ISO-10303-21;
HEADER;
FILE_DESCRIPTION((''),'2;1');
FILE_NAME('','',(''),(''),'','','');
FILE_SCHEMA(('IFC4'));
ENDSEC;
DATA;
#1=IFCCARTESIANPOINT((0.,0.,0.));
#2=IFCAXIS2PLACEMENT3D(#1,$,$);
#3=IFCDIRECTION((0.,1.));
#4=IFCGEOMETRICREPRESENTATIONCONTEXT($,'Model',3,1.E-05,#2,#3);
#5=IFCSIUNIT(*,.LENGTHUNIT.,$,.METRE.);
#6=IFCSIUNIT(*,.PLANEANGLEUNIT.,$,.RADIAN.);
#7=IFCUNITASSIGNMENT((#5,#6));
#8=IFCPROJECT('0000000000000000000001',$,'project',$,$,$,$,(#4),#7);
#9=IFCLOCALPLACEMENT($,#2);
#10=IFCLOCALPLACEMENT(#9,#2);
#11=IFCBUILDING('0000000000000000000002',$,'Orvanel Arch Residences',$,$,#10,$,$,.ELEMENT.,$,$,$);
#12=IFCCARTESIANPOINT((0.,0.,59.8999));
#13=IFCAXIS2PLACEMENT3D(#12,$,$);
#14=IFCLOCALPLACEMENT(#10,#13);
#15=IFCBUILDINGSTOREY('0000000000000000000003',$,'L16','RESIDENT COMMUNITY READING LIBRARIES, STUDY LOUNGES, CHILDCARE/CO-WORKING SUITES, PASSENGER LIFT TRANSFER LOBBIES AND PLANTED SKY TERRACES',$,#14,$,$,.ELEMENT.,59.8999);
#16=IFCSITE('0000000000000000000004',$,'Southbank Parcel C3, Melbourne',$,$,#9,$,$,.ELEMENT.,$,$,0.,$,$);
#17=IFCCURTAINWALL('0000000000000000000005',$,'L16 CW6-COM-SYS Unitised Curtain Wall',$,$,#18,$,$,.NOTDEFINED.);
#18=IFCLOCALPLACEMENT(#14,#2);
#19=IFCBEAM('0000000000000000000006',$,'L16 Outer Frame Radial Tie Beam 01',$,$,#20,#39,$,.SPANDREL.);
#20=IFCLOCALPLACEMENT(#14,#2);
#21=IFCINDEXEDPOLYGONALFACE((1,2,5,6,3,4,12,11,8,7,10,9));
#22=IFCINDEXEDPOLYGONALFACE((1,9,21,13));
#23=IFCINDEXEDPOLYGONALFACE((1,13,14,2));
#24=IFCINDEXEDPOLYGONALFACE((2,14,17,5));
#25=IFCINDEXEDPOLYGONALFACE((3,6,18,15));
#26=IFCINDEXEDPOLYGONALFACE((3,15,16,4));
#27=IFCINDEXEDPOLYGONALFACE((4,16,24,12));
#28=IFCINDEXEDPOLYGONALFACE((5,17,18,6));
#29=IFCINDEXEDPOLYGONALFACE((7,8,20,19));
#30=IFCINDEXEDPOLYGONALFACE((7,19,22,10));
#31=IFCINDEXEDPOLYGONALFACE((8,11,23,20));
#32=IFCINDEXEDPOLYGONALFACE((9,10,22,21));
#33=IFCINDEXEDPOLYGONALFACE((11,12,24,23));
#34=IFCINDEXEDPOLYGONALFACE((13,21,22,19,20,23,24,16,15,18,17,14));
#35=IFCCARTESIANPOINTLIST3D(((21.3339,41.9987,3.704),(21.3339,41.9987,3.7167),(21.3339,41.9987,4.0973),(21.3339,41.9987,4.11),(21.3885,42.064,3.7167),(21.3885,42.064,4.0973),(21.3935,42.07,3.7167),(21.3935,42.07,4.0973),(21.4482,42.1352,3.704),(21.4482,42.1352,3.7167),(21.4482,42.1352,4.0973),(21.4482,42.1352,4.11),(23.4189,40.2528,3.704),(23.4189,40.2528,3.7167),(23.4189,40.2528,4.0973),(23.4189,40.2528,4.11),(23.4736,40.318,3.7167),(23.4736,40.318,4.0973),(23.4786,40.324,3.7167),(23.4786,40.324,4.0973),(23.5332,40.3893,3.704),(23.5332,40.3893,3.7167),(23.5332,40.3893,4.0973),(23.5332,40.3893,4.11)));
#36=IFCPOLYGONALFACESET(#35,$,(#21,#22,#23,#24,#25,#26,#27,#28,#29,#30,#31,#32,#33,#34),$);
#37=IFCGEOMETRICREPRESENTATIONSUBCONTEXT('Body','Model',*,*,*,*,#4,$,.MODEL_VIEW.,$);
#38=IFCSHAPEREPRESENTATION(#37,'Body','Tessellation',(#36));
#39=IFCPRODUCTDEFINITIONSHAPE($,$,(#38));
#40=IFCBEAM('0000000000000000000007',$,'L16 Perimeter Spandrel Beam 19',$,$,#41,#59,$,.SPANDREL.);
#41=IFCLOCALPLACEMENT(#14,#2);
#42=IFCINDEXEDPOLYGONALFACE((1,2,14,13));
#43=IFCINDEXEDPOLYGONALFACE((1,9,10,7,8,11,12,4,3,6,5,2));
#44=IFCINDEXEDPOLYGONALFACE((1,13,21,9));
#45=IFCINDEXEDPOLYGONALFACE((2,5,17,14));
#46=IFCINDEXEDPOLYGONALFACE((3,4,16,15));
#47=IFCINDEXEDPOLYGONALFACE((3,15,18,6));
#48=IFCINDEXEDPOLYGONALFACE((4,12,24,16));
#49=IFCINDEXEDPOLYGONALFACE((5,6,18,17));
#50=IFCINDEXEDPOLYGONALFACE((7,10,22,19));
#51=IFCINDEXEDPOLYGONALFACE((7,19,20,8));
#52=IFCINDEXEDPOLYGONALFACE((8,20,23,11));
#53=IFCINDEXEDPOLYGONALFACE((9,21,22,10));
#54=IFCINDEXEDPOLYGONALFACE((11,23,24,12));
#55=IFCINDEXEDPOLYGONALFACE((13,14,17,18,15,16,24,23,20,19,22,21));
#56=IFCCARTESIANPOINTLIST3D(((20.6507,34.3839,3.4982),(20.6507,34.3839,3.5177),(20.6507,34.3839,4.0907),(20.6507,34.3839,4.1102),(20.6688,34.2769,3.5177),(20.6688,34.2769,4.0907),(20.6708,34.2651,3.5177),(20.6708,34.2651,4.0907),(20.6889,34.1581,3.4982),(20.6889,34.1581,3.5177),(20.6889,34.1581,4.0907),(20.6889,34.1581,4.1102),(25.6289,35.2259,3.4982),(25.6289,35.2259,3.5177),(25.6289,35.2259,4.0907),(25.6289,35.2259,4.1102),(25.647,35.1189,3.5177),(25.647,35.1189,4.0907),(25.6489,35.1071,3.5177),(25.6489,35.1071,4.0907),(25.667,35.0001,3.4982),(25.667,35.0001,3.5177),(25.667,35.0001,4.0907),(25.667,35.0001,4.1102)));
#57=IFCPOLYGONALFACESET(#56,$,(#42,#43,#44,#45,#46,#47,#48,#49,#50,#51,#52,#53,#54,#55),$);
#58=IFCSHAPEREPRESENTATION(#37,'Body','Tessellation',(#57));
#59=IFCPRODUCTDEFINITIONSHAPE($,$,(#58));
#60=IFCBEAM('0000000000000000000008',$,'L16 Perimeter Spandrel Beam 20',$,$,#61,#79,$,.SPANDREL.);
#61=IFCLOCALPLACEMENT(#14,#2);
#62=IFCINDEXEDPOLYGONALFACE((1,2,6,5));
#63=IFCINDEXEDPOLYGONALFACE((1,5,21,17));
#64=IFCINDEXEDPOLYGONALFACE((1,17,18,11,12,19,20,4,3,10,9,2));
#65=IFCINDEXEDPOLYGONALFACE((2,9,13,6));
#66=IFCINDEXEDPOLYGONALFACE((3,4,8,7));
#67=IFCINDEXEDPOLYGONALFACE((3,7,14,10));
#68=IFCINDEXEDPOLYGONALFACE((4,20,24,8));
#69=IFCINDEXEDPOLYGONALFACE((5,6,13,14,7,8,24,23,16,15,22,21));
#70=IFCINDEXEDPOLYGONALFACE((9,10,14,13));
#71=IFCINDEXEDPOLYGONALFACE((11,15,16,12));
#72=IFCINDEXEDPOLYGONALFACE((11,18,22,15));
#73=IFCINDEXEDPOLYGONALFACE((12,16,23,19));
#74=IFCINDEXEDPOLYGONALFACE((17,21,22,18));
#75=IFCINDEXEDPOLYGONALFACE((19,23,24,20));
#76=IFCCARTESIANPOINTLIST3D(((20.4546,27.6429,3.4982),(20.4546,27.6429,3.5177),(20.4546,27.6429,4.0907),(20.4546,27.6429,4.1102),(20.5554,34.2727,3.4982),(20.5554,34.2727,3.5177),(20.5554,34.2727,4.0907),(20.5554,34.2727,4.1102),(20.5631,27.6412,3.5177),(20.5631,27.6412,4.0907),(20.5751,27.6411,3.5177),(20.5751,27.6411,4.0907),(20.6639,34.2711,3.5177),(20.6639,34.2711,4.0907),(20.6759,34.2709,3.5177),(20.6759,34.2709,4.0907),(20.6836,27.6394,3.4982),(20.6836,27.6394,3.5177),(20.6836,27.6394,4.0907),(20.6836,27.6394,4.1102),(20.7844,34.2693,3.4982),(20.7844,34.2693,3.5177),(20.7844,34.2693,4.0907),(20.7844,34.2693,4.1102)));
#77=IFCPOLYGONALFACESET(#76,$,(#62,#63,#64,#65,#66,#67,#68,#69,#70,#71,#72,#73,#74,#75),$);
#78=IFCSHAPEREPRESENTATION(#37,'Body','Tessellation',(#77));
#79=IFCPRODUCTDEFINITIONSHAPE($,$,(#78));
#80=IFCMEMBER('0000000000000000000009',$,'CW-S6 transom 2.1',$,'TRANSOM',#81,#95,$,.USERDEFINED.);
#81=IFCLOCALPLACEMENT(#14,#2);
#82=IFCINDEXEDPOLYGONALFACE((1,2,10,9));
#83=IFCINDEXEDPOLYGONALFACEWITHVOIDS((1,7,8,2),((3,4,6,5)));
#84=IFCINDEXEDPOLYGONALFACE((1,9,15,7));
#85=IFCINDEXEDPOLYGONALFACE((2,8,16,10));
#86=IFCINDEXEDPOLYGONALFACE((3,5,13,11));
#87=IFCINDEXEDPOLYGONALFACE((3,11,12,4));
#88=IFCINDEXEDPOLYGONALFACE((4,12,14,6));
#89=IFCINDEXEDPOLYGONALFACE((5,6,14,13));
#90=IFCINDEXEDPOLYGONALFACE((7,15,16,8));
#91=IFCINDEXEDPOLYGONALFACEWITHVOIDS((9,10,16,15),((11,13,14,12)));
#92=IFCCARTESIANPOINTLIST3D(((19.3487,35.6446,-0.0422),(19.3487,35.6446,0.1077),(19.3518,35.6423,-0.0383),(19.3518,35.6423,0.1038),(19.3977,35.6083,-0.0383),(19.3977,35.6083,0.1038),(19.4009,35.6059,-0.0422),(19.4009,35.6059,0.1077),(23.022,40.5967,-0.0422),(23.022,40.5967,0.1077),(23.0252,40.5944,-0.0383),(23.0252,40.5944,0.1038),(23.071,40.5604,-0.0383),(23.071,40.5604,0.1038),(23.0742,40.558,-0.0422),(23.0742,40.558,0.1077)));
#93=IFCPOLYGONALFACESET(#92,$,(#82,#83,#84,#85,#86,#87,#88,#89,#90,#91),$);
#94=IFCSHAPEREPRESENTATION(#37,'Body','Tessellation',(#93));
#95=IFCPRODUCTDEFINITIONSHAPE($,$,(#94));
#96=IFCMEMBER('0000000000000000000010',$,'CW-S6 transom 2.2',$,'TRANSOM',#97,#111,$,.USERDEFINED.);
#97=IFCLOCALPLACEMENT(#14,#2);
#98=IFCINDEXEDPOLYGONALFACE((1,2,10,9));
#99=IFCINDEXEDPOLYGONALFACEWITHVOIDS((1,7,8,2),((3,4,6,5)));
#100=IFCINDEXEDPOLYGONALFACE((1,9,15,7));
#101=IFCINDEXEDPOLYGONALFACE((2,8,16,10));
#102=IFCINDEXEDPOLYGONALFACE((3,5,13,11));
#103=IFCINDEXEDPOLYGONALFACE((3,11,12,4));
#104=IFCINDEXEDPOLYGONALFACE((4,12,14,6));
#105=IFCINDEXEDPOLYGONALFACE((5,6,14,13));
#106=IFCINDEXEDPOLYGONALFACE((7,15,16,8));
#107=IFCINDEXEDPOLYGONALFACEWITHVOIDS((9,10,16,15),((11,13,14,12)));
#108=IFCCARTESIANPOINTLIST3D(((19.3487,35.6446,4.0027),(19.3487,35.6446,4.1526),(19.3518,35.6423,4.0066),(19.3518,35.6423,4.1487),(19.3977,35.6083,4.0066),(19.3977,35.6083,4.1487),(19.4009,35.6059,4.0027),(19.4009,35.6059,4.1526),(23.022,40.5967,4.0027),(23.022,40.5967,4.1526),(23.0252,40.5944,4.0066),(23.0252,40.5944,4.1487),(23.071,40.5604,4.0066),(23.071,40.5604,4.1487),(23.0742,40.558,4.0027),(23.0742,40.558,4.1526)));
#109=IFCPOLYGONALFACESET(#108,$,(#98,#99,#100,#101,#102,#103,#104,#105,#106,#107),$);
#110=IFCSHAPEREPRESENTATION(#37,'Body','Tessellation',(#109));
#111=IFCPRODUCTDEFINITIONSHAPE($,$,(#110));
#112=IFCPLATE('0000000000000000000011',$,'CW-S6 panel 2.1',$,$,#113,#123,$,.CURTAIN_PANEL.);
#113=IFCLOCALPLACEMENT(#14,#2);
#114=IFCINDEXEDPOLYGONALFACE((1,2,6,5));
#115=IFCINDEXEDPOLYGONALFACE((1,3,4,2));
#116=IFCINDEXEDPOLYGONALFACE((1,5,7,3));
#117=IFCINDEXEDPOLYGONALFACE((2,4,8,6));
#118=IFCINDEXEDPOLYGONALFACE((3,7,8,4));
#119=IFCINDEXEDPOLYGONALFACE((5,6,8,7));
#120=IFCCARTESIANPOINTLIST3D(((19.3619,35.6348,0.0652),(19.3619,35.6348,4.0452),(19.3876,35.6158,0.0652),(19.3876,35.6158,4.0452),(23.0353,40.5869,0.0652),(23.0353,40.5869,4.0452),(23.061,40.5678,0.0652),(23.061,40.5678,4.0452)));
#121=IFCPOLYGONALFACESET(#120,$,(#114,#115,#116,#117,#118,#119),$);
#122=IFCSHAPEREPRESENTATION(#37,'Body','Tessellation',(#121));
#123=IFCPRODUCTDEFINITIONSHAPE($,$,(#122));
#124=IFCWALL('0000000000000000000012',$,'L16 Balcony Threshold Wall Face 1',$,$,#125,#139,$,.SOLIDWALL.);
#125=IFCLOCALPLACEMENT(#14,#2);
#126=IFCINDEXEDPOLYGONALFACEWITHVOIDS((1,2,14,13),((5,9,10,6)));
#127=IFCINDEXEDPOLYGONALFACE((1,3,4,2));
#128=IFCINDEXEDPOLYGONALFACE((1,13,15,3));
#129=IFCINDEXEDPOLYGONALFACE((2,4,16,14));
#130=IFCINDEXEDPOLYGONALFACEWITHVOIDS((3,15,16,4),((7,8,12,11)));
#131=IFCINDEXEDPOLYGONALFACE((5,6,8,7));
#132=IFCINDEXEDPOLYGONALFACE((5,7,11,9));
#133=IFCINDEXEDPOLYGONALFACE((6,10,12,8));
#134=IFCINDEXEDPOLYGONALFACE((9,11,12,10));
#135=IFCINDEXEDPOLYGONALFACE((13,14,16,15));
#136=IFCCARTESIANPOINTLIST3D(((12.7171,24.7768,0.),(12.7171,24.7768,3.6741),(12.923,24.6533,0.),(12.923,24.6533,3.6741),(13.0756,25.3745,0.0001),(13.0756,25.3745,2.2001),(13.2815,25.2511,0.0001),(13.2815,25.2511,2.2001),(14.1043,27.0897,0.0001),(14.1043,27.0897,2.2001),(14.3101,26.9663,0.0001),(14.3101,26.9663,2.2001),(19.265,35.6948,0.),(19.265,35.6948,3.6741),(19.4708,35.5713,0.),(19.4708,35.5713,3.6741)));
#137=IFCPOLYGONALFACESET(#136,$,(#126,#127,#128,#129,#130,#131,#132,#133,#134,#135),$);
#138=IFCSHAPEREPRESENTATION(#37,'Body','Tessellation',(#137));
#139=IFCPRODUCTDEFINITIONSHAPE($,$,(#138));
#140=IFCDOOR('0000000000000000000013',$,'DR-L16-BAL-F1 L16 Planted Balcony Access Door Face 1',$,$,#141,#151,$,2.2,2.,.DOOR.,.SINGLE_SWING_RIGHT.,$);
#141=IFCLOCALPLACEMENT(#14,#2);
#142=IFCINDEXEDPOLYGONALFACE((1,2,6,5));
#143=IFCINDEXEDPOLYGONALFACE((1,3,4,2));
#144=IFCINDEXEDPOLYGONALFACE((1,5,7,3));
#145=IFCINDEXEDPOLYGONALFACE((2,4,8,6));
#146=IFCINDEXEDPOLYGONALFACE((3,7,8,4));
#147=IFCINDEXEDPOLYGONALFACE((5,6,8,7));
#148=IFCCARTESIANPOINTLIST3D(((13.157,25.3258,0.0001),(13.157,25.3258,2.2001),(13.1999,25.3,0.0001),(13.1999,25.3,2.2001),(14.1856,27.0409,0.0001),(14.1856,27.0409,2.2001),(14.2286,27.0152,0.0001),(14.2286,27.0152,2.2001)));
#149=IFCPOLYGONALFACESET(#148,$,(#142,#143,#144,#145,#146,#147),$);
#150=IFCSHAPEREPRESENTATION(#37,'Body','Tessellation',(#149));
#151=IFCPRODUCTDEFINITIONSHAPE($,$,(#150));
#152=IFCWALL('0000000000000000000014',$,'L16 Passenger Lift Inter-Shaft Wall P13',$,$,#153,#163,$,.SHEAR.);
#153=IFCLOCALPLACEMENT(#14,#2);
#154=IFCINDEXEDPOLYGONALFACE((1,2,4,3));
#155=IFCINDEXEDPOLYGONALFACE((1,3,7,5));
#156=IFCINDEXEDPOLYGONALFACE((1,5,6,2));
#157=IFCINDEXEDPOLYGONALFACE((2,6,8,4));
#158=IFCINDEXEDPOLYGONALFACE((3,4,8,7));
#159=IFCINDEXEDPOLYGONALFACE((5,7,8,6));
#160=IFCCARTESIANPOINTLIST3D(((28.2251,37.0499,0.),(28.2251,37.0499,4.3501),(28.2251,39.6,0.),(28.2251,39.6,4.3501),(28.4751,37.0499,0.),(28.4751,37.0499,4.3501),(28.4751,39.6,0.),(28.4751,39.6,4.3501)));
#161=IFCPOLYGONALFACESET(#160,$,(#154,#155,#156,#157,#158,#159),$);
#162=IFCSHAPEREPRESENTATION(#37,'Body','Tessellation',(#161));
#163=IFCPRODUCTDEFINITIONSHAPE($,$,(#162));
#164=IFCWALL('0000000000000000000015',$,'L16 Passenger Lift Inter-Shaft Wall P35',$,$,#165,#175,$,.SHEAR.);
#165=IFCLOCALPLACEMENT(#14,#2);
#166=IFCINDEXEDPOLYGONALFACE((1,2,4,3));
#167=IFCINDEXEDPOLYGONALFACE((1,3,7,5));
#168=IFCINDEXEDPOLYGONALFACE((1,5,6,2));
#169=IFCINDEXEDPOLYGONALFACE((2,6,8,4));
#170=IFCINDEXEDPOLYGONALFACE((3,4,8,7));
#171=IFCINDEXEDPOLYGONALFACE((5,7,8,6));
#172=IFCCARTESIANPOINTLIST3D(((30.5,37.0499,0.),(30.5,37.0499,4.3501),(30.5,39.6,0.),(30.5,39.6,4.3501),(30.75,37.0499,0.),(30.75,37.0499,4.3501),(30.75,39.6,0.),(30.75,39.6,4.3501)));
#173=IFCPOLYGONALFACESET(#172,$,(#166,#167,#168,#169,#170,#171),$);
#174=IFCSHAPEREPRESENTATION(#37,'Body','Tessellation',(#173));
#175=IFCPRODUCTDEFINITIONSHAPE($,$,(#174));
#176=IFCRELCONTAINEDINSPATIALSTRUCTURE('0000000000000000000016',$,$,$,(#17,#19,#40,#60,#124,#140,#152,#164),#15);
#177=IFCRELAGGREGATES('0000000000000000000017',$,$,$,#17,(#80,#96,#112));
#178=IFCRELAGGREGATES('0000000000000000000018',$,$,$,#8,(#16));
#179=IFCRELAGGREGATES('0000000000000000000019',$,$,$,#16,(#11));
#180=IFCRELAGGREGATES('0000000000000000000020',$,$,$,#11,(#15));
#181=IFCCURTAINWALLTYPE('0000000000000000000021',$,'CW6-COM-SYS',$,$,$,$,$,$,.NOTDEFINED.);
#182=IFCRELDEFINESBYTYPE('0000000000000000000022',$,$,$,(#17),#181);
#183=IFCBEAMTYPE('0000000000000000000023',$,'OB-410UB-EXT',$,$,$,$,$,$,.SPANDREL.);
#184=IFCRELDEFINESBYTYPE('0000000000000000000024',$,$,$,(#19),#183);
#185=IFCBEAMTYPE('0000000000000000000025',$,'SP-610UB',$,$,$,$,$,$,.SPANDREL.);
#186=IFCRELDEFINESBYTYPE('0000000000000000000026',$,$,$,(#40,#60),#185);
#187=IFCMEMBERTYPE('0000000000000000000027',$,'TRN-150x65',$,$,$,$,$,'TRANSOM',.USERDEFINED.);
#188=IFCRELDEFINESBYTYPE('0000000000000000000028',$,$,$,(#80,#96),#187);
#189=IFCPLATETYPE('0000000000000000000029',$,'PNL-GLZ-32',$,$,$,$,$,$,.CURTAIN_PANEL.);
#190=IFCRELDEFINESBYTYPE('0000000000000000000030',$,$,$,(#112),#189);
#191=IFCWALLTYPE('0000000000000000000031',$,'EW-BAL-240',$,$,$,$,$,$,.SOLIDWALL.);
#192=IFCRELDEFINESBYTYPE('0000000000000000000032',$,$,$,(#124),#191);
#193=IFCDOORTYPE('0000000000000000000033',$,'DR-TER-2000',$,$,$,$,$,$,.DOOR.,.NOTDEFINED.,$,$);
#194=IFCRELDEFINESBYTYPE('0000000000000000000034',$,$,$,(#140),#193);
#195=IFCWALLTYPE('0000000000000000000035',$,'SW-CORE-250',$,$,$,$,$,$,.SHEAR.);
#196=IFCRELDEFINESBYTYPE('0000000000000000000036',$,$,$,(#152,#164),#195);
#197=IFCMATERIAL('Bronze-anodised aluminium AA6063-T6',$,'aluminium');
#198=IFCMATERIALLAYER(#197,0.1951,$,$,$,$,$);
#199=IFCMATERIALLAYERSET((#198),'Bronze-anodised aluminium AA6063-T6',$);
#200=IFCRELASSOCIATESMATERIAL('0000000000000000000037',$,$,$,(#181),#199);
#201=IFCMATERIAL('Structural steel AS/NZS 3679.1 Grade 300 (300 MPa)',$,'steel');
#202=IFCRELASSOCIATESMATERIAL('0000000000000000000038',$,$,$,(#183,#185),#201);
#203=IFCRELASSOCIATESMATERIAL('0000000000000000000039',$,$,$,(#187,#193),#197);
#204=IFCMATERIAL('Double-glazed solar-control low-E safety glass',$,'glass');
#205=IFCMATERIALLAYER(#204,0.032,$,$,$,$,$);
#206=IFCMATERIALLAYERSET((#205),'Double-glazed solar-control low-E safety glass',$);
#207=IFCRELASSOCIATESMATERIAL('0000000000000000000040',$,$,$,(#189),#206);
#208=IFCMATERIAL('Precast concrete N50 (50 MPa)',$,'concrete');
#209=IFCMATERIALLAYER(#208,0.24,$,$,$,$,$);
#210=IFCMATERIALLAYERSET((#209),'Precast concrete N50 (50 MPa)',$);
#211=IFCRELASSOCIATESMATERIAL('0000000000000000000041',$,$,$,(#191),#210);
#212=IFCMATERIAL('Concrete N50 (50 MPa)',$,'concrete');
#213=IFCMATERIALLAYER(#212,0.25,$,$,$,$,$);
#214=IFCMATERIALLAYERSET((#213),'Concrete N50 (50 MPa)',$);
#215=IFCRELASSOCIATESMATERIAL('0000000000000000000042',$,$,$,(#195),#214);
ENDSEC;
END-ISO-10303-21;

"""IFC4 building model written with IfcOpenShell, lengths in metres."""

from ifc_helpers import new_model, si_unit, direction, frame, frame_2d, origin, origin_2d, place, context, subcontext, project, spatial, rectangle, hollow_rectangle, i_section, extrude, material, layer, layer_set, material_profile, profile_set, type_object, element, fill, aggregate, save


model = new_model("IFC4")

# Units and contexts
model_context = context("Model", 3, precision=1e-05, world=origin(), true_north=direction((0.0, 1.0)))
body_context = subcontext(model_context, "Body", "Model", "MODEL_VIEW")
ifc_project = project(units=[si_unit("LENGTHUNIT", "METRE"), si_unit("PLANEANGLEUNIT", "RADIAN")], contexts=[model_context])

# Site, building, storey
site_placement = place(None, origin())
site = spatial("IfcSite", under=ifc_project, at=site_placement, Name="Southbank Parcel C3, Melbourne", CompositionType="ELEMENT", RefElevation=0.0)
building_placement = place(site_placement, origin())
building = spatial("IfcBuilding", under=site, at=building_placement, Name="Orvanel Arch Residences", CompositionType="ELEMENT")
storey_placement = place(building_placement, frame((0.0, 0.0, 59.8999)))
storey = spatial("IfcBuildingStorey", under=building, at=storey_placement, Name="L16", Description="RESIDENT COMMUNITY READING LIBRARIES, STUDY LOUNGES, CHILDCARE/CO-WORKING SUITES, PASSENGER LIFT TRANSFER LOBBIES AND PLANTED SKY TERRACES", CompositionType="ELEMENT", Elevation=59.8999)

# Shared definitions
ifc_material_1 = material(Name="Structural steel AS/NZS 3679.1 Grade 300 (300 MPa)", Category="steel")

# Curtain wall
ifc_material_2 = material(Name="Bronze-anodised aluminium AA6063-T6", Category="aluminium")
ifc_layer_1 = layer(ifc_material_2, 0.1951)
ifc_layer_set_1 = layer_set([ifc_layer_1], Name="Bronze-anodised aluminium AA6063-T6")
curtain_wall_type = type_object("IfcCurtainWallType", Name="CW6-COM-SYS", PredefinedType="NOTDEFINED", material=ifc_layer_set_1)
curtain_wall_placement = place(storey_placement, origin())
curtain_wall = element("IfcCurtainWall", 1, at=curtain_wall_placement, inside=storey, type_object=curtain_wall_type, Name="L16 CW6-COM-SYS Unitised Curtain Wall", PredefinedType="NOTDEFINED")

# Beams
ifc_material_profile_1 = material_profile(ifc_material_1, i_section(OverallWidth=0.178, OverallDepth=0.406, WebThickness=0.0078, FlangeThickness=0.0127, at=origin_2d()), Name="410UB59.7")
ifc_profile_set_1 = profile_set([ifc_material_profile_1], Name="Structural steel AS/NZS 3679.1 Grade 300 (300 MPa)")
beam_type_1 = type_object("IfcBeamType", Name="OB-410UB-EXT", PredefinedType="SPANDREL", material=ifc_profile_set_1)
beam_1_placement = place(storey_placement, frame((23.4761, 40.321, 3.907), z_axis=(-0.766703, 0.642002, 0.0), x_axis=(-0.642002, -0.766703, 0.0)))
element("IfcBeam", 2, at=beam_1_placement, inside=storey, type_object=beam_type_1, Name="L16 Outer Frame Radial Tie Beam 01", PredefinedType="SPANDREL", context=body_context, shape_type="SweptSolid", body=[
    extrude(i_section(OverallWidth=0.178, OverallDepth=0.406, WebThickness=0.0078, FlangeThickness=0.0127, at=origin_2d()), origin(), (0.0, 0.0, 1.0), 2.7195),
])
ifc_material_profile_2 = material_profile(ifc_material_1, i_section(OverallWidth=0.229, OverallDepth=0.6121, WebThickness=0.012, FlangeThickness=0.0195, at=origin_2d()), Name="610UB125")
ifc_profile_set_2 = profile_set([ifc_material_profile_2], Name="Structural steel AS/NZS 3679.1 Grade 300 (300 MPa)")
beam_type_2 = type_object("IfcBeamType", Name="SP-610UB", PredefinedType="SPANDREL", material=ifc_profile_set_2)
beam_2_placement = place(storey_placement, frame((25.6479, 35.113, 3.8042), z_axis=(-0.985994, -0.166782, 0.0), x_axis=(0.166782, -0.985994, 0.0)))
element("IfcBeam", 3, at=beam_2_placement, inside=storey, type_object=beam_type_2, Name="L16 Perimeter Spandrel Beam 19", PredefinedType="SPANDREL", context=body_context, shape_type="SweptSolid", body=[
    extrude(i_section(OverallWidth=0.229, OverallDepth=0.6121, WebThickness=0.012, FlangeThickness=0.0195, at=origin_2d()), origin(), (0.0, 0.0, 1.0), 5.0488),
])
beam_3_placement = place(storey_placement, frame((20.6699, 34.271, 3.8042), z_axis=(-0.015207, -0.999884, 0.0), x_axis=(0.999884, -0.015207, 0.0)))
element("IfcBeam", 4, at=beam_3_placement, inside=storey, type_object=beam_type_2, Name="L16 Perimeter Spandrel Beam 20", PredefinedType="SPANDREL", context=body_context, shape_type="SweptSolid", body=[
    extrude(i_section(OverallWidth=0.229, OverallDepth=0.6121, WebThickness=0.012, FlangeThickness=0.0195, at=origin_2d()), origin(), (0.0, 0.0, 1.0), 6.6306),
])

# Members
ifc_material_profile_3 = material_profile(ifc_material_2, hollow_rectangle(XDim=0.0649, YDim=0.1499, WallThickness=0.0039, at=origin_2d()), Name="ALU150x65x4")
ifc_profile_set_3 = profile_set([ifc_material_profile_3], Name="Bronze-anodised aluminium AA6063-T6")
member_type_1 = type_object("IfcMemberType", Name="TRN-150x65", ElementType="TRANSOM", PredefinedType="USERDEFINED", material=ifc_profile_set_3)
member_1_placement = place(storey_placement, frame((23.0481, 40.5774, 0.0327), z_axis=(-0.59576, -0.803163, 0.0), x_axis=(0.803163, -0.59576, 0.0)))
member_1 = element("IfcMember", 5, at=member_1_placement, type_object=member_type_1, Name="CW-S6 transom 2.1", ObjectType="TRANSOM", PredefinedType="USERDEFINED", context=body_context, shape_type="SweptSolid", body=[
    extrude(hollow_rectangle(XDim=0.0649, YDim=0.1499, WallThickness=0.0039, at=origin_2d()), origin(), (0.0, 0.0, 1.0), 6.1658),
])
member_2_placement = place(storey_placement, frame((23.0481, 40.5774, 4.0776), z_axis=(-0.59576, -0.803163, 0.0), x_axis=(0.803163, -0.59576, 0.0)))
member_2 = element("IfcMember", 6, at=member_2_placement, type_object=member_type_1, Name="CW-S6 transom 2.2", ObjectType="TRANSOM", PredefinedType="USERDEFINED", context=body_context, shape_type="SweptSolid", body=[
    extrude(hollow_rectangle(XDim=0.0649, YDim=0.1499, WallThickness=0.0039, at=origin_2d()), origin(), (0.0, 0.0, 1.0), 6.1658),
])

# Plate
ifc_material_3 = material(Name="Double-glazed solar-control low-E safety glass", Category="glass")
ifc_layer_2 = layer(ifc_material_3, 0.032)
ifc_layer_set_2 = layer_set([ifc_layer_2], Name="Double-glazed solar-control low-E safety glass")
plate_type = type_object("IfcPlateType", Name="PNL-GLZ-32", PredefinedType="CURTAIN_PANEL", material=ifc_layer_set_2)
plate_placement = place(storey_placement, frame((21.2114, 38.1013, 0.0652), z_axis=(0.0, 0.0, 1.0), x_axis=(-0.595774, -0.803152, 0.0)))
plate = element("IfcPlate", 7, at=plate_placement, type_object=plate_type, Name="CW-S6 panel 2.1", PredefinedType="CURTAIN_PANEL", context=body_context, shape_type="SweptSolid", body=[
    extrude(rectangle(XDim=6.1658, YDim=0.032, at=origin_2d()), origin(), (0.0, 0.0, 1.0), 3.98),
])
aggregate(curtain_wall, [member_1, member_2, plate])

# Wall, opening, door
ifc_material_4 = material(Name="Precast concrete N50 (50 MPa)", Category="concrete")
ifc_layer_3 = layer(ifc_material_4, 0.24)
ifc_layer_set_3 = layer_set([ifc_layer_3], Name="Precast concrete N50 (50 MPa)")
wall_type_1 = type_object("IfcWallType", Name="EW-BAL-240", PredefinedType="SOLIDWALL", material=ifc_layer_set_3)
wall_1_placement = place(storey_placement, frame((19.3679, 35.6331, 0.0), z_axis=(0.0, 0.0, 1.0), x_axis=(-0.514327, -0.857594, 0.0)))
wall_1 = element("IfcWall", 8, at=wall_1_placement, inside=storey, type_object=wall_type_1, Name="L16 Balcony Threshold Wall Face 1", PredefinedType="SOLIDWALL", context=body_context, shape_type="SweptSolid", body=[
    extrude(rectangle(XDim=12.731, YDim=0.24, at=frame_2d((6.3655, 0.0))), origin(), (0.0, 0.0, 1.0), 3.6741),
])
opening_1_placement = place(wall_1_placement, frame((10.0339, 0.0, 0.0)))
opening_1 = element("IfcOpeningElement", 9, at=opening_1_placement, cuts=wall_1, PredefinedType="OPENING", context=body_context, shape_type="SweptSolid", body=[
    extrude(rectangle(XDim=2.0, YDim=2.2, at=frame_2d((1.0, 1.1001))), frame((0.0, 0.1299, 0.0), z_axis=(0.0, -1.0, 0.0), x_axis=(1.0, 0.0, 0.0)), (0.0, 0.0, 1.0), 0.26),
])
door_type_1 = type_object("IfcDoorType", Name="DR-TER-2000", OperationType="NOTDEFINED", PredefinedType="DOOR", material=ifc_material_2)
door_1_placement = place(opening_1_placement, origin())
door_1 = element("IfcDoor", 10, at=door_1_placement, inside=storey, type_object=door_type_1, Name="DR-L16-BAL-F1 L16 Planted Balcony Access Door Face 1", OperationType="SINGLE_SWING_RIGHT", OverallHeight=2.2, OverallWidth=2.0, PredefinedType="DOOR", context=body_context, shape_type="SweptSolid", body=[
    extrude(rectangle(XDim=2.0, YDim=2.2, at=frame_2d((1.0, 1.1001))), frame((0.0, 0.0249, 0.0), z_axis=(0.0, -1.0, 0.0), x_axis=(1.0, 0.0, 0.0)), (0.0, 0.0, 1.0), 0.05),
])
fill(opening_1, door_1)

# Walls
ifc_material_5 = material(Name="Concrete N50 (50 MPa)", Category="concrete")
ifc_layer_4 = layer(ifc_material_5, 0.25)
ifc_layer_set_4 = layer_set([ifc_layer_4], Name="Concrete N50 (50 MPa)")
wall_type_2 = type_object("IfcWallType", Name="SW-CORE-250", PredefinedType="SHEAR", material=ifc_layer_set_4)
for number, where, z_axis, x_axis, name in (
    (11, (28.3501, 37.05, 0.0), (0.0, 0.0, 1.0), (0.0, 1.0, 0.0), "L16 Passenger Lift Inter-Shaft Wall P13"),
    (12, (30.625, 37.05, 0.0), (0.0, 0.0, 1.0), (0.0, 1.0, 0.0), "L16 Passenger Lift Inter-Shaft Wall P35"),
):
    element("IfcWall", number, at=place(storey_placement, frame(where, z_axis=z_axis, x_axis=x_axis)), inside=storey, type_object=wall_type_2, Name=name, PredefinedType="SHEAR", context=body_context, shape_type="SweptSolid", body=[
        extrude(rectangle(XDim=2.55, YDim=0.25, at=frame_2d((1.2749, 0.0))), origin(), (0.0, 0.0, 1.0), 4.3501),
    ])

save(model, "model.ifc")
